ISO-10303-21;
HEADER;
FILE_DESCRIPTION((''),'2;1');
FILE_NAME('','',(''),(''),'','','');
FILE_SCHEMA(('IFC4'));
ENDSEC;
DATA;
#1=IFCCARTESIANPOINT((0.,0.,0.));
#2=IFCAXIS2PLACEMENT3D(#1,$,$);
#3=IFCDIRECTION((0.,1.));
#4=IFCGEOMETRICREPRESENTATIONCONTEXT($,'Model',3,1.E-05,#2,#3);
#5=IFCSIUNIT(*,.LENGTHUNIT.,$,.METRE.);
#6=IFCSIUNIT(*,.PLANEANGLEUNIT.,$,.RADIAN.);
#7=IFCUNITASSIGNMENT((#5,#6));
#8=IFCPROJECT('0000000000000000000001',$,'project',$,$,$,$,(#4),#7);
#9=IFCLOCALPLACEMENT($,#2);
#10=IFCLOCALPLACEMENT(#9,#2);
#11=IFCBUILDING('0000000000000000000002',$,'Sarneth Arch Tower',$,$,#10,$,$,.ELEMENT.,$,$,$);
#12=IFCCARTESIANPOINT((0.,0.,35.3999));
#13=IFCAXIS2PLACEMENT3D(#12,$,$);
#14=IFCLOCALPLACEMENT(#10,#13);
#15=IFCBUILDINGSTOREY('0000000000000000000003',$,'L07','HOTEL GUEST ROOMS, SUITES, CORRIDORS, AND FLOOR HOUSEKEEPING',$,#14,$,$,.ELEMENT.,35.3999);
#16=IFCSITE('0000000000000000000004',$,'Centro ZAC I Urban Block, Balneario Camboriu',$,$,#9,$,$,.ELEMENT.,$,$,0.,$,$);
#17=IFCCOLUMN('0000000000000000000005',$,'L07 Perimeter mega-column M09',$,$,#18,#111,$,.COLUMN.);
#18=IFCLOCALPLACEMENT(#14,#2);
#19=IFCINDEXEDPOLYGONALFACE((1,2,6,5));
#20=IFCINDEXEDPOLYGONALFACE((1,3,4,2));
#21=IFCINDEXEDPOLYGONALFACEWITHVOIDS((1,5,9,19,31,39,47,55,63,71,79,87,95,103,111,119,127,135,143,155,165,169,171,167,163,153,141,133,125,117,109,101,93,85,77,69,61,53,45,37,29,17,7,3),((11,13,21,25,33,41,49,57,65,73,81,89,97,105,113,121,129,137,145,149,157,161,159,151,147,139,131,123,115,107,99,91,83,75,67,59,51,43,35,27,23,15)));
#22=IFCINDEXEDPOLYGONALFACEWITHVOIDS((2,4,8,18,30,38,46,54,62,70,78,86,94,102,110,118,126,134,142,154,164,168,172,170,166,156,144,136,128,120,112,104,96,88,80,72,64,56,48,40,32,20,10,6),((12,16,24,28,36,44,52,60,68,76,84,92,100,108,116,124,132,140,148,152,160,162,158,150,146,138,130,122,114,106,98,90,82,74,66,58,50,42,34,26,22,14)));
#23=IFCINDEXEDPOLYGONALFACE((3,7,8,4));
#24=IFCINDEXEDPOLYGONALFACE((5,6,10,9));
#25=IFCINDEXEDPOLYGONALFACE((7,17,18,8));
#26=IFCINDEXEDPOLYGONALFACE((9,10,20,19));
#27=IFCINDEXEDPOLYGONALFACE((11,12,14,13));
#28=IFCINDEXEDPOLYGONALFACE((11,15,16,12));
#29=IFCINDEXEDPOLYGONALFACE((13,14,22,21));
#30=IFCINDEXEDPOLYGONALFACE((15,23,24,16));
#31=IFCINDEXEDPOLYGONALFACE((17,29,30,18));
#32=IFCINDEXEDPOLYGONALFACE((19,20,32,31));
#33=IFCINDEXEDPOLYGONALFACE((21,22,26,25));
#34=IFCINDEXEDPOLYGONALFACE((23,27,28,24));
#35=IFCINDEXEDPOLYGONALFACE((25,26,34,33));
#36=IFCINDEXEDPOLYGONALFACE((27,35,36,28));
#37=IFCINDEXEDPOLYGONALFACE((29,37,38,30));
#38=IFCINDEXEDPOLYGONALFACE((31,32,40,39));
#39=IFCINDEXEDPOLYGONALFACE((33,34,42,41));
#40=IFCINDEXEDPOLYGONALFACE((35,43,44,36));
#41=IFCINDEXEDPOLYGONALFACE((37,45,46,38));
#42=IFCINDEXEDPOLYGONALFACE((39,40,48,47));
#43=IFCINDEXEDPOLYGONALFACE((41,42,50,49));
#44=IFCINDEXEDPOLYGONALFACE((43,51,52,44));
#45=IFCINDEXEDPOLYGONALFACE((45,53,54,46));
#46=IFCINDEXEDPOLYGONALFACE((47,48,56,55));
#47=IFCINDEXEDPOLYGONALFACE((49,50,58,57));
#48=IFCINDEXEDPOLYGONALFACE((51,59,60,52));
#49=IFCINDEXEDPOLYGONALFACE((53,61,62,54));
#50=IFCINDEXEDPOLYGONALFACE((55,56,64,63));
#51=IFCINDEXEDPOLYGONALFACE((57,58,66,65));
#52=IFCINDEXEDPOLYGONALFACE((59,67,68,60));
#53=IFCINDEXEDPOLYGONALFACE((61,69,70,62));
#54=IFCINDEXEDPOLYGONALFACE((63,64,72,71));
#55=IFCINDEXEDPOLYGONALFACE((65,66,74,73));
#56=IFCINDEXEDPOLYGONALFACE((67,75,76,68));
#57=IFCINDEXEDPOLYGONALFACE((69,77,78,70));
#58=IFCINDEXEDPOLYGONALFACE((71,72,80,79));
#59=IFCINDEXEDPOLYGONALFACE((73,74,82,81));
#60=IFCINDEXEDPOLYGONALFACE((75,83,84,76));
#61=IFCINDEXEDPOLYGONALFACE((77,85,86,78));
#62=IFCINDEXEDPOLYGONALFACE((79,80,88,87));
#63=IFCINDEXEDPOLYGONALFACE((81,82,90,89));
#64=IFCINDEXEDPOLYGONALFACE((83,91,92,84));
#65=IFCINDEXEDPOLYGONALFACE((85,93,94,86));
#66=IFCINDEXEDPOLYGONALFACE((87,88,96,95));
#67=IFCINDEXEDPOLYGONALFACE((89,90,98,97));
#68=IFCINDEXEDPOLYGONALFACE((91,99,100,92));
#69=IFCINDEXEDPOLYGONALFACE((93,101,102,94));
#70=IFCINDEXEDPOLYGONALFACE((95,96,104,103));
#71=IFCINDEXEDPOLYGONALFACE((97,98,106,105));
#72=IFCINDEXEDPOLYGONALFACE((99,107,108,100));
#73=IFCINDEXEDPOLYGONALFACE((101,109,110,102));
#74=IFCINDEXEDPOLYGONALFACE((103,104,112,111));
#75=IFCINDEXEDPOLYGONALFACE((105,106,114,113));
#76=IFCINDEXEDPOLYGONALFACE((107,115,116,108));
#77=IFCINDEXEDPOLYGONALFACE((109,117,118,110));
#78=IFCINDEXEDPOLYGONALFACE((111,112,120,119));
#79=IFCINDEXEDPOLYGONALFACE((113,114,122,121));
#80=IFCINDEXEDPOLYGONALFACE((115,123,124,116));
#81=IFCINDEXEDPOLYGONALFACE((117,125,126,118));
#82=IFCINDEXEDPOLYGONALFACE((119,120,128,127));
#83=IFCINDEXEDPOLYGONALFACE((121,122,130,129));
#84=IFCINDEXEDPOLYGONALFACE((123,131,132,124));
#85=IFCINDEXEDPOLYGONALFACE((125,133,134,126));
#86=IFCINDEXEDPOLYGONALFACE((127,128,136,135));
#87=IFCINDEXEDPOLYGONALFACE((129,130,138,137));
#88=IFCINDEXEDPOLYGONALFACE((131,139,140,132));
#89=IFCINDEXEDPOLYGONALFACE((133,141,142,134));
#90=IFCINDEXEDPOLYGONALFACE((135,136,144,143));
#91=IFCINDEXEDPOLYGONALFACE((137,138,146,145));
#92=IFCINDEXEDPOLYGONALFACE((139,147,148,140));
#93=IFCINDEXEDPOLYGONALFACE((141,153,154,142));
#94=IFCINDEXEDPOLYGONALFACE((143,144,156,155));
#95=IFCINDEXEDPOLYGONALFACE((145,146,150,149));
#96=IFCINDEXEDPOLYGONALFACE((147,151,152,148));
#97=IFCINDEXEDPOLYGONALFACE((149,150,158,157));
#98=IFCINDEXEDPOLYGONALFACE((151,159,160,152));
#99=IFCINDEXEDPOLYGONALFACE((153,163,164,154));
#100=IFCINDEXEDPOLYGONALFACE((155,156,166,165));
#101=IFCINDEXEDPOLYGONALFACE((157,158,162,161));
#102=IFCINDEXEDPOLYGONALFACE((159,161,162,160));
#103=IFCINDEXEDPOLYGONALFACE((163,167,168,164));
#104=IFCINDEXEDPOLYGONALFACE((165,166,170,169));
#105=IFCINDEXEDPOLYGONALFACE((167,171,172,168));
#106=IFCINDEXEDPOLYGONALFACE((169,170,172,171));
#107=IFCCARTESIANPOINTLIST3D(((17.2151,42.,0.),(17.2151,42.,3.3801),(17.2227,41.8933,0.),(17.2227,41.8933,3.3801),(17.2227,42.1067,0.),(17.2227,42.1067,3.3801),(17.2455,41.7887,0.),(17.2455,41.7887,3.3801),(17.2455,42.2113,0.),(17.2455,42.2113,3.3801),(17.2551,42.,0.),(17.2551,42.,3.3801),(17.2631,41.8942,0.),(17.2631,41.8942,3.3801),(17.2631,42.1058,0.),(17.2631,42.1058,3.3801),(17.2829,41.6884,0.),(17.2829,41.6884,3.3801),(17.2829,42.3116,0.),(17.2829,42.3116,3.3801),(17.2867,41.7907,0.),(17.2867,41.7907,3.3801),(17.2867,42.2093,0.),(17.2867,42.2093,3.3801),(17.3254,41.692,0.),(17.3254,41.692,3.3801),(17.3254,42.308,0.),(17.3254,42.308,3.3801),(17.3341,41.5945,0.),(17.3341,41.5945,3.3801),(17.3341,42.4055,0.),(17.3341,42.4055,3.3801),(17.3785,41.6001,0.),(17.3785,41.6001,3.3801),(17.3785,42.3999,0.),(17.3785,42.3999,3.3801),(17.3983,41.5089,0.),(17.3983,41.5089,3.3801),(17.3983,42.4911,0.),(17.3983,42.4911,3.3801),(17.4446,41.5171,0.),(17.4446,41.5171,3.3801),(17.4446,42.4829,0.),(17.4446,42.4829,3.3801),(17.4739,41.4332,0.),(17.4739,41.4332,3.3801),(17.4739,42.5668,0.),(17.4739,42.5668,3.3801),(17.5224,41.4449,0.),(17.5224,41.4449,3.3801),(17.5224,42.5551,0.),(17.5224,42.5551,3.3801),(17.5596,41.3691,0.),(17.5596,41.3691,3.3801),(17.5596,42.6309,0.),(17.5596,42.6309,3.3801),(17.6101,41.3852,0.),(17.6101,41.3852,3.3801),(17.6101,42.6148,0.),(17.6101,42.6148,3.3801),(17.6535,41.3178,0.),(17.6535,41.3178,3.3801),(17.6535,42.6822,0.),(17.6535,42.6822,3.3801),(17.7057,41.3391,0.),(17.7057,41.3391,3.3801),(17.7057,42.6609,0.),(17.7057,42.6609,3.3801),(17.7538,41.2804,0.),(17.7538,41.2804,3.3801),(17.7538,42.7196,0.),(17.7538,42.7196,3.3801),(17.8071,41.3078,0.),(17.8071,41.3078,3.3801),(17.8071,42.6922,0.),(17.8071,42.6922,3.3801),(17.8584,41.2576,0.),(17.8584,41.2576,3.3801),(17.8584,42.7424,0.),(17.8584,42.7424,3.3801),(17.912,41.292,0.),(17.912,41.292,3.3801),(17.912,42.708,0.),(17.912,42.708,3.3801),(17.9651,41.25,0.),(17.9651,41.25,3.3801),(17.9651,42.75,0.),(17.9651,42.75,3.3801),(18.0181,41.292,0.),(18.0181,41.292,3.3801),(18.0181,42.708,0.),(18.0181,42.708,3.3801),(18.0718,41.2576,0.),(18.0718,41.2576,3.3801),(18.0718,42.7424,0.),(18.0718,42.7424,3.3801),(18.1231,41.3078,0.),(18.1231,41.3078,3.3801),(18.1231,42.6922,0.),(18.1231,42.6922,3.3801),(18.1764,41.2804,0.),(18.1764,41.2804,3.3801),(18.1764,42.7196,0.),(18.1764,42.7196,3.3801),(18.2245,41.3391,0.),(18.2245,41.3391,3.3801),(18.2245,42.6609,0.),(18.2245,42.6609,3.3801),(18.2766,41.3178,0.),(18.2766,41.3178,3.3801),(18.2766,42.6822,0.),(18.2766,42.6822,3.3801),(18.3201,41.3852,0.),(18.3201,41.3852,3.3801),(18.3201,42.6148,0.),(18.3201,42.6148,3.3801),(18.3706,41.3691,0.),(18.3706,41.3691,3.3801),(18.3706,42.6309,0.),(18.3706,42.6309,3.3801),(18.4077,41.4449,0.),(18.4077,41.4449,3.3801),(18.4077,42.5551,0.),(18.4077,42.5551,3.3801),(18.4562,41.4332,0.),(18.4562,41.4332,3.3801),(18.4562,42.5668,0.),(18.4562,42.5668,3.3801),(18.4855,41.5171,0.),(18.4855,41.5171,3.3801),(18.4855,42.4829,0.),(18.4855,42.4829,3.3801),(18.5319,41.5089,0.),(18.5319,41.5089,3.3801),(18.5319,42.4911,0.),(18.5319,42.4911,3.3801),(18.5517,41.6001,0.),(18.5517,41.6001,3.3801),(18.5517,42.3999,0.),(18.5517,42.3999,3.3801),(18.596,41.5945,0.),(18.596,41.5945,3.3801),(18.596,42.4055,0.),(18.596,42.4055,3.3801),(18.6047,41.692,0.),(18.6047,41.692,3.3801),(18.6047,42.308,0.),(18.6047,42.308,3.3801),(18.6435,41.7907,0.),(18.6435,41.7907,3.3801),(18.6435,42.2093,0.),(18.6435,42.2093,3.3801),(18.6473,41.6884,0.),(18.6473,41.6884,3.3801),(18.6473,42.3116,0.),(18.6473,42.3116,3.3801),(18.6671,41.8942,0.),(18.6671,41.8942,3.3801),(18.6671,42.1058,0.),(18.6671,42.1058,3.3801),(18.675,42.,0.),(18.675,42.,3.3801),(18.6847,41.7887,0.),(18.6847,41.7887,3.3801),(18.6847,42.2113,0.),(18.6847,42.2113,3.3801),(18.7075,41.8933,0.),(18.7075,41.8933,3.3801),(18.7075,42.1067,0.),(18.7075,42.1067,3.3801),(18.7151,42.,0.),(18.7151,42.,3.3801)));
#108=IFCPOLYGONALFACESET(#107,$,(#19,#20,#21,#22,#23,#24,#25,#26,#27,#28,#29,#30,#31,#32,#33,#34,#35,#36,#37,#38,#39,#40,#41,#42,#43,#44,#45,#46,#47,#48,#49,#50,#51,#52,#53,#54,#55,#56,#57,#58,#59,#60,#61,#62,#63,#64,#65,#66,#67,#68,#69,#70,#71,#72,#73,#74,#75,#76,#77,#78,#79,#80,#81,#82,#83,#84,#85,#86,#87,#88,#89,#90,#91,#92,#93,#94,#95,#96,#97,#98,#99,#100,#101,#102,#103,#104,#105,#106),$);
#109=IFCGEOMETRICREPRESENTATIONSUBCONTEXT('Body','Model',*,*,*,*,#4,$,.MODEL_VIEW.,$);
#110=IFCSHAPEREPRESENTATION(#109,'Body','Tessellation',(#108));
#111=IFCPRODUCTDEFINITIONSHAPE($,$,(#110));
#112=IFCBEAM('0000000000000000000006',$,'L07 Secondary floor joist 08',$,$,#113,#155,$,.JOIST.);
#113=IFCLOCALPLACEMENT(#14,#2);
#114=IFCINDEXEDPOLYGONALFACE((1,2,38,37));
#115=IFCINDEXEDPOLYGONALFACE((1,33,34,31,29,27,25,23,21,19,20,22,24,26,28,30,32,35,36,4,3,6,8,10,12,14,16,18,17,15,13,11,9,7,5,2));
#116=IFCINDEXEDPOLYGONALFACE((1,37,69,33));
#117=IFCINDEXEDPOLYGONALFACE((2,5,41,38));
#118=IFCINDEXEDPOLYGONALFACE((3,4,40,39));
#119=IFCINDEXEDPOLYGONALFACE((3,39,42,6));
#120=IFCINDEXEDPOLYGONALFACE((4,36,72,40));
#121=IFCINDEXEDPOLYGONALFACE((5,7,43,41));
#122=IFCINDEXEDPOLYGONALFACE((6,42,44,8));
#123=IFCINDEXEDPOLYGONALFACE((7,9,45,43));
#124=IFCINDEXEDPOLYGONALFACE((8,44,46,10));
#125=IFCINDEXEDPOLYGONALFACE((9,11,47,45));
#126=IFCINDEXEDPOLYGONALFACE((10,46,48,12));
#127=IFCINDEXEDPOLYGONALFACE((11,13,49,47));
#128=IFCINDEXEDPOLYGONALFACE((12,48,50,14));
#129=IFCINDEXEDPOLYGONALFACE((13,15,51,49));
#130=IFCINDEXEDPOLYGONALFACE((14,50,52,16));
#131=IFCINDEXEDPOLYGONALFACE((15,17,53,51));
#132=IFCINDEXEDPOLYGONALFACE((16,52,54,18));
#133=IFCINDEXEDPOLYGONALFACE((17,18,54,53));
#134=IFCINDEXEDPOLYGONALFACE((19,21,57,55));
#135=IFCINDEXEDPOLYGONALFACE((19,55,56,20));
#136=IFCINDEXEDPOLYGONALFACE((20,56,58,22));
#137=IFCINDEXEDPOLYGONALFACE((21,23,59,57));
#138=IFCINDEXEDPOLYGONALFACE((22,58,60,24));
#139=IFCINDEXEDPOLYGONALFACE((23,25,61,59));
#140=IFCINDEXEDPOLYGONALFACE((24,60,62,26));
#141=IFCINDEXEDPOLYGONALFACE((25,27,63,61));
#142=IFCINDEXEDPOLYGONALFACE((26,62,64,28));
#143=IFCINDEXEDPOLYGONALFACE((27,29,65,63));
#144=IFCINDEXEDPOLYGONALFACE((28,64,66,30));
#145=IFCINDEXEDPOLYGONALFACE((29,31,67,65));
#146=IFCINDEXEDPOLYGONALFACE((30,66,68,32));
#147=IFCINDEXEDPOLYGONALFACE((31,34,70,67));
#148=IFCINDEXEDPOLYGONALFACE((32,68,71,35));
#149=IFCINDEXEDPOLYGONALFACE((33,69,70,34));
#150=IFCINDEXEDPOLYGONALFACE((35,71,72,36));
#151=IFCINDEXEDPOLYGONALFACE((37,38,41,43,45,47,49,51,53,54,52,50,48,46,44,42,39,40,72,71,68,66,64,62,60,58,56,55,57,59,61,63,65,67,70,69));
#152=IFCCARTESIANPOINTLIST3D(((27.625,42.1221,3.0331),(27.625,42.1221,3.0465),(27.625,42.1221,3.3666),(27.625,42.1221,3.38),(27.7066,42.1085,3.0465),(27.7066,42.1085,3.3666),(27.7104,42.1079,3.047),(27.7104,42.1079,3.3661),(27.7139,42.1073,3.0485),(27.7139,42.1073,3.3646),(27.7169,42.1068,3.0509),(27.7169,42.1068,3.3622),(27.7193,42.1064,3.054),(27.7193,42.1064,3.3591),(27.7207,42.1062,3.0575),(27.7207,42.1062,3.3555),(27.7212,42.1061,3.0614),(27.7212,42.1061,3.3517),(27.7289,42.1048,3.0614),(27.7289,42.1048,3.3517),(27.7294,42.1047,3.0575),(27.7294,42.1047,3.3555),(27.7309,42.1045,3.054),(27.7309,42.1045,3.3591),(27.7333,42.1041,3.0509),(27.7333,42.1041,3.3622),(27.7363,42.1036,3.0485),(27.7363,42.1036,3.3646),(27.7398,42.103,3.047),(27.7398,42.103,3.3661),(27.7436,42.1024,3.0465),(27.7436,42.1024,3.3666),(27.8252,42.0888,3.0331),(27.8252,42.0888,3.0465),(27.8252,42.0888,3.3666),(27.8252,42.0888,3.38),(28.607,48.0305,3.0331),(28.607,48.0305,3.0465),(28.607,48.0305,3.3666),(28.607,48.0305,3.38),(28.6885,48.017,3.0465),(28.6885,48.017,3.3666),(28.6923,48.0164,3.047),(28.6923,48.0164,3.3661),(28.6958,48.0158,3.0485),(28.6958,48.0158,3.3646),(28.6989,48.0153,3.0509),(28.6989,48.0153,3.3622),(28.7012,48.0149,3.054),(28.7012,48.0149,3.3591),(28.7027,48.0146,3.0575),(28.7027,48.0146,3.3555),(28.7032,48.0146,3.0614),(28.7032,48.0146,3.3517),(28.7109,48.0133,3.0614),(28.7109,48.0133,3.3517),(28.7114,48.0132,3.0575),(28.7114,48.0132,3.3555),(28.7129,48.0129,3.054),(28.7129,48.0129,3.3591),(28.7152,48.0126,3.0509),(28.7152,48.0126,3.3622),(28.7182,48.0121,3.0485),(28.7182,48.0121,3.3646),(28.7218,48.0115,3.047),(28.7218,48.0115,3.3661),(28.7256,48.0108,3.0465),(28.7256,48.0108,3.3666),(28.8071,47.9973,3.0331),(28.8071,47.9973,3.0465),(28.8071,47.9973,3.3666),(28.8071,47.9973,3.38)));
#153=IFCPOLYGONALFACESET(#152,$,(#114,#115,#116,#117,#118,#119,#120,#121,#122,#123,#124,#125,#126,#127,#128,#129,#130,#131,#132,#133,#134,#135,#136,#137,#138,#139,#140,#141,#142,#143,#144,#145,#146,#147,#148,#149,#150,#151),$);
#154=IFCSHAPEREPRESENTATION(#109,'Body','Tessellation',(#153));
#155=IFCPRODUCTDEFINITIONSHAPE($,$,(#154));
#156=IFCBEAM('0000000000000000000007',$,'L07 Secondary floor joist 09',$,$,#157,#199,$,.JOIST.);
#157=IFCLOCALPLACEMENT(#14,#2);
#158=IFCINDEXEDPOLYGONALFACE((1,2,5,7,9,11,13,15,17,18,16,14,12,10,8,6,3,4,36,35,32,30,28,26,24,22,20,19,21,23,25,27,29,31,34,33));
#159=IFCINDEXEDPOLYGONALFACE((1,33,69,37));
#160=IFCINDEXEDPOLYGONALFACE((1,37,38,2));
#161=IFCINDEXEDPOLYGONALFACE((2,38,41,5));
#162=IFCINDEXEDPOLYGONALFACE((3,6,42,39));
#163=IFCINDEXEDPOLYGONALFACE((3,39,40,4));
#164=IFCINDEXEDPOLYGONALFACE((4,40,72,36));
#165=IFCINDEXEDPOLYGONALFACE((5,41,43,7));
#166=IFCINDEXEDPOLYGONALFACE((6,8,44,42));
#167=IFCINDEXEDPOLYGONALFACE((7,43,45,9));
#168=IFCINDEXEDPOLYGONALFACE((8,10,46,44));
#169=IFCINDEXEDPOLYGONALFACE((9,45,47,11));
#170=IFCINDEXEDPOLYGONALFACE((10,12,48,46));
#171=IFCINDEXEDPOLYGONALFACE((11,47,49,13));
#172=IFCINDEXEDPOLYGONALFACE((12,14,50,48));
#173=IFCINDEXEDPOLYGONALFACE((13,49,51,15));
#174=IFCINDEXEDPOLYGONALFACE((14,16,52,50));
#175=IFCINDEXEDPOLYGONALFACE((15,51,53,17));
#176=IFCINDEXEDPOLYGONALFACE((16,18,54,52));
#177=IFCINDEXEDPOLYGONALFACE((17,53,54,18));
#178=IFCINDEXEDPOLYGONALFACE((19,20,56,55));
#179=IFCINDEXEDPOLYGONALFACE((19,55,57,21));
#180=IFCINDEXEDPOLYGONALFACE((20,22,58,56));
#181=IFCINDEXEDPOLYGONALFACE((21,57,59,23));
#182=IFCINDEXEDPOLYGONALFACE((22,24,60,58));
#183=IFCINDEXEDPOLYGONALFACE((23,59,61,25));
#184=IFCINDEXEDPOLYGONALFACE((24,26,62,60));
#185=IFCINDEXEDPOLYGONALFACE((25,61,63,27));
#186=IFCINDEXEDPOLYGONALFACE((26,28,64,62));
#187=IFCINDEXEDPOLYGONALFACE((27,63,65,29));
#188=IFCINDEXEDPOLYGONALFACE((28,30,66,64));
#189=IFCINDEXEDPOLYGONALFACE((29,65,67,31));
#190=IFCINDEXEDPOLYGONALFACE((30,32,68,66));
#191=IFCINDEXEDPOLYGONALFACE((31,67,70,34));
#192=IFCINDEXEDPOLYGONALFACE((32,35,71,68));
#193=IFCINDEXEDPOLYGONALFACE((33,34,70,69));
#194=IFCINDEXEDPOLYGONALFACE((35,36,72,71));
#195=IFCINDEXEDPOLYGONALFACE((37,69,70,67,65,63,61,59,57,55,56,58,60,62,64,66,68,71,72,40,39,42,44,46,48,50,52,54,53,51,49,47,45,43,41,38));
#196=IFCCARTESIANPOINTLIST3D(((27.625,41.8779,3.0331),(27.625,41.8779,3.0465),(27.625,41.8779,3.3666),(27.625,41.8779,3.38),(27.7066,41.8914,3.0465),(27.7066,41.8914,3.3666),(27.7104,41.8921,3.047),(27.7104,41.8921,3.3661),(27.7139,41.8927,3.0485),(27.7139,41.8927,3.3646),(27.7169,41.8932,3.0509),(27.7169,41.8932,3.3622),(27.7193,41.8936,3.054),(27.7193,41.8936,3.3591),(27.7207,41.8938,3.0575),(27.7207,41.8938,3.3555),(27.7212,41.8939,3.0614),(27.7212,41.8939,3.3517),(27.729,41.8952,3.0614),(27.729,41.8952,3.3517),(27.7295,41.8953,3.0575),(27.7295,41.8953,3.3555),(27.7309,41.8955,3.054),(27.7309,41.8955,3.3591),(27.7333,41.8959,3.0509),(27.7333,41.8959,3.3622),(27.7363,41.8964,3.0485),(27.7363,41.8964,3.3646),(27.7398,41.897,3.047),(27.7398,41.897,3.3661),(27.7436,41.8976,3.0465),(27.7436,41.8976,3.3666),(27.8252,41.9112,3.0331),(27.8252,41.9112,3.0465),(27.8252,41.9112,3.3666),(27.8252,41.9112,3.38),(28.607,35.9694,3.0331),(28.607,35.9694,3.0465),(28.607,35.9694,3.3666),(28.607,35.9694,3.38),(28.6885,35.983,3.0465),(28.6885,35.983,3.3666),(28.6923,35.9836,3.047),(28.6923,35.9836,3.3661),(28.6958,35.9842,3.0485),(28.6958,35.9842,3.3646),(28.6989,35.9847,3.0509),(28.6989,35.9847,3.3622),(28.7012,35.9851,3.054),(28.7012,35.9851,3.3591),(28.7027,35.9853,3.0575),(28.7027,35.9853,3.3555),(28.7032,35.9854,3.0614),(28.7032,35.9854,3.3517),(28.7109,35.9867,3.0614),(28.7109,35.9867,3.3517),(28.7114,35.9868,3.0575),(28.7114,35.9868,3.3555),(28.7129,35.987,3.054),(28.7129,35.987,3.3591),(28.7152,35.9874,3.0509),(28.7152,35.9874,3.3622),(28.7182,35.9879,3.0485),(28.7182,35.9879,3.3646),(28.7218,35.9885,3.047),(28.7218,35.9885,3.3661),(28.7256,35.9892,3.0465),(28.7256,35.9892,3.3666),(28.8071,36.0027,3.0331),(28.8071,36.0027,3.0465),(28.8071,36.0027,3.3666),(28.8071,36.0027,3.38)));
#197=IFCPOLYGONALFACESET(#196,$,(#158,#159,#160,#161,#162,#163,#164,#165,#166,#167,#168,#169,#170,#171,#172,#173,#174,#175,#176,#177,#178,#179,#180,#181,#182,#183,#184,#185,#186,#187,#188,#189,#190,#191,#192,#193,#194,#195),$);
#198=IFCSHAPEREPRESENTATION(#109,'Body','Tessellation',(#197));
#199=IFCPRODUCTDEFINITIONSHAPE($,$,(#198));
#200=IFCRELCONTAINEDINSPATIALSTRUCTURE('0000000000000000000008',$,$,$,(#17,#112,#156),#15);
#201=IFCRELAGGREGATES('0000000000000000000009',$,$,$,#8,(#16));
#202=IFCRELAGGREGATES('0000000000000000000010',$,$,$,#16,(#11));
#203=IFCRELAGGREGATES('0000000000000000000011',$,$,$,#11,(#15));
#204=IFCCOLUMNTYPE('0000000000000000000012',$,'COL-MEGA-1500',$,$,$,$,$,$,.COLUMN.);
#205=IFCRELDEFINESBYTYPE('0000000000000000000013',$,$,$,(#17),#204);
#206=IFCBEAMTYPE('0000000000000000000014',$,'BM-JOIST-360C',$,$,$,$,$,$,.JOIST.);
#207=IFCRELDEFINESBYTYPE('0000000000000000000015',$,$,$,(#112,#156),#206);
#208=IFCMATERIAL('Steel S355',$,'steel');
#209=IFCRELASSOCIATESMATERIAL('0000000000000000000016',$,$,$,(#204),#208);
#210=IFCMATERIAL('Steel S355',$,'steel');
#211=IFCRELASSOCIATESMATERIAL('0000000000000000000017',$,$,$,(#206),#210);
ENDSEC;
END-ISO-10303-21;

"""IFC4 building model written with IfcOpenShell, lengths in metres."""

from ifc_helpers import new_model, si_unit, direction, frame, origin, origin_2d, place, context, subcontext, project, spatial, hollow_circle, i_section, extrude, material, material_profile, profile_set, type_object, element, save


model = new_model("IFC4")

# Units and contexts
model_context = context("Model", 3, precision=1e-05, world=origin(), true_north=direction((0.0, 1.0)))
body_context = subcontext(model_context, "Body", "Model", "MODEL_VIEW")
ifc_project = project(units=[si_unit("LENGTHUNIT", "METRE"), si_unit("PLANEANGLEUNIT", "RADIAN")], contexts=[model_context])

# Site, building, storey
site_placement = place(None, origin())
site = spatial("IfcSite", under=ifc_project, at=site_placement, Name="Centro ZAC I Urban Block, Balneario Camboriu", CompositionType="ELEMENT", RefElevation=0.0)
building_placement = place(site_placement, origin())
building = spatial("IfcBuilding", under=site, at=building_placement, Name="Sarneth Arch Tower", CompositionType="ELEMENT")
storey_placement = place(building_placement, frame((0.0, 0.0, 35.3999)))
storey = spatial("IfcBuildingStorey", under=building, at=storey_placement, Name="L07", Description="HOTEL GUEST ROOMS, SUITES, CORRIDORS, AND FLOOR HOUSEKEEPING", CompositionType="ELEMENT", Elevation=35.3999)

# Column
ifc_material_1 = material(Name="Steel S355", Category="steel")
ifc_material_profile_1 = material_profile(ifc_material_1, hollow_circle(Radius=0.75, WallThickness=0.04, at=origin_2d()), Name="CHS1500x40")
ifc_profile_set_1 = profile_set([ifc_material_profile_1], Name="Steel S355")
column_type = type_object("IfcColumnType", Name="COL-MEGA-1500", PredefinedType="COLUMN", material=ifc_profile_set_1)
for number, where, z_axis, x_axis, name in (
    (1, (17.9651, 42.0, 0.0), (0.0, 0.0, 1.0), (1.0, 0.0, 0.0), "L07 Perimeter mega-column M09"),
):
    element("IfcColumn", number, at=place(storey_placement, frame(where, z_axis=z_axis, x_axis=x_axis)), inside=storey, type_object=column_type, Name=name, PredefinedType="COLUMN", context=body_context, shape_type="SweptSolid", body=[
        extrude(hollow_circle(Radius=0.75, WallThickness=0.04, at=origin_2d()), origin(), (0.0, 0.0, 1.0), 3.3801),
    ])

# Beams
ifc_material_2 = material(Name="Steel S355", Category="steel")
ifc_material_profile_2 = material_profile(ifc_material_2, i_section(OverallWidth=0.2029, OverallDepth=0.3469, WebThickness=0.0078, FlangeThickness=0.0134, FilletRadius=0.0149, at=origin_2d()), Name="W360x64")
ifc_profile_set_2 = profile_set([ifc_material_profile_2], Name="Steel S355")
beam_type_1 = type_object("IfcBeamType", Name="BM-JOIST-360C", PredefinedType="JOIST", material=ifc_profile_set_2)
for number, where, z_axis, x_axis, name in (
    (2, (28.707, 48.0139, 3.2065), (-0.163943, -0.98647, 0.0), (0.98647, -0.163943, 0.0), "L07 Secondary floor joist 08"),
    (3, (27.7251, 41.8945, 3.2065), (0.163943, -0.98647, 0.0), (0.98647, 0.163943, 0.0), "L07 Secondary floor joist 09"),
):
    element("IfcBeam", number, at=place(storey_placement, frame(where, z_axis=z_axis, x_axis=x_axis)), inside=storey, type_object=beam_type_1, Name=name, PredefinedType="JOIST", context=body_context, shape_type="SweptSolid", body=[
        extrude(i_section(OverallWidth=0.2029, OverallDepth=0.3469, WebThickness=0.0078, FlangeThickness=0.0134, FilletRadius=0.0149, at=origin_2d()), origin(), (0.0, 0.0, 1.0), 5.9895),
    ])

save(model, "model.ifc")
